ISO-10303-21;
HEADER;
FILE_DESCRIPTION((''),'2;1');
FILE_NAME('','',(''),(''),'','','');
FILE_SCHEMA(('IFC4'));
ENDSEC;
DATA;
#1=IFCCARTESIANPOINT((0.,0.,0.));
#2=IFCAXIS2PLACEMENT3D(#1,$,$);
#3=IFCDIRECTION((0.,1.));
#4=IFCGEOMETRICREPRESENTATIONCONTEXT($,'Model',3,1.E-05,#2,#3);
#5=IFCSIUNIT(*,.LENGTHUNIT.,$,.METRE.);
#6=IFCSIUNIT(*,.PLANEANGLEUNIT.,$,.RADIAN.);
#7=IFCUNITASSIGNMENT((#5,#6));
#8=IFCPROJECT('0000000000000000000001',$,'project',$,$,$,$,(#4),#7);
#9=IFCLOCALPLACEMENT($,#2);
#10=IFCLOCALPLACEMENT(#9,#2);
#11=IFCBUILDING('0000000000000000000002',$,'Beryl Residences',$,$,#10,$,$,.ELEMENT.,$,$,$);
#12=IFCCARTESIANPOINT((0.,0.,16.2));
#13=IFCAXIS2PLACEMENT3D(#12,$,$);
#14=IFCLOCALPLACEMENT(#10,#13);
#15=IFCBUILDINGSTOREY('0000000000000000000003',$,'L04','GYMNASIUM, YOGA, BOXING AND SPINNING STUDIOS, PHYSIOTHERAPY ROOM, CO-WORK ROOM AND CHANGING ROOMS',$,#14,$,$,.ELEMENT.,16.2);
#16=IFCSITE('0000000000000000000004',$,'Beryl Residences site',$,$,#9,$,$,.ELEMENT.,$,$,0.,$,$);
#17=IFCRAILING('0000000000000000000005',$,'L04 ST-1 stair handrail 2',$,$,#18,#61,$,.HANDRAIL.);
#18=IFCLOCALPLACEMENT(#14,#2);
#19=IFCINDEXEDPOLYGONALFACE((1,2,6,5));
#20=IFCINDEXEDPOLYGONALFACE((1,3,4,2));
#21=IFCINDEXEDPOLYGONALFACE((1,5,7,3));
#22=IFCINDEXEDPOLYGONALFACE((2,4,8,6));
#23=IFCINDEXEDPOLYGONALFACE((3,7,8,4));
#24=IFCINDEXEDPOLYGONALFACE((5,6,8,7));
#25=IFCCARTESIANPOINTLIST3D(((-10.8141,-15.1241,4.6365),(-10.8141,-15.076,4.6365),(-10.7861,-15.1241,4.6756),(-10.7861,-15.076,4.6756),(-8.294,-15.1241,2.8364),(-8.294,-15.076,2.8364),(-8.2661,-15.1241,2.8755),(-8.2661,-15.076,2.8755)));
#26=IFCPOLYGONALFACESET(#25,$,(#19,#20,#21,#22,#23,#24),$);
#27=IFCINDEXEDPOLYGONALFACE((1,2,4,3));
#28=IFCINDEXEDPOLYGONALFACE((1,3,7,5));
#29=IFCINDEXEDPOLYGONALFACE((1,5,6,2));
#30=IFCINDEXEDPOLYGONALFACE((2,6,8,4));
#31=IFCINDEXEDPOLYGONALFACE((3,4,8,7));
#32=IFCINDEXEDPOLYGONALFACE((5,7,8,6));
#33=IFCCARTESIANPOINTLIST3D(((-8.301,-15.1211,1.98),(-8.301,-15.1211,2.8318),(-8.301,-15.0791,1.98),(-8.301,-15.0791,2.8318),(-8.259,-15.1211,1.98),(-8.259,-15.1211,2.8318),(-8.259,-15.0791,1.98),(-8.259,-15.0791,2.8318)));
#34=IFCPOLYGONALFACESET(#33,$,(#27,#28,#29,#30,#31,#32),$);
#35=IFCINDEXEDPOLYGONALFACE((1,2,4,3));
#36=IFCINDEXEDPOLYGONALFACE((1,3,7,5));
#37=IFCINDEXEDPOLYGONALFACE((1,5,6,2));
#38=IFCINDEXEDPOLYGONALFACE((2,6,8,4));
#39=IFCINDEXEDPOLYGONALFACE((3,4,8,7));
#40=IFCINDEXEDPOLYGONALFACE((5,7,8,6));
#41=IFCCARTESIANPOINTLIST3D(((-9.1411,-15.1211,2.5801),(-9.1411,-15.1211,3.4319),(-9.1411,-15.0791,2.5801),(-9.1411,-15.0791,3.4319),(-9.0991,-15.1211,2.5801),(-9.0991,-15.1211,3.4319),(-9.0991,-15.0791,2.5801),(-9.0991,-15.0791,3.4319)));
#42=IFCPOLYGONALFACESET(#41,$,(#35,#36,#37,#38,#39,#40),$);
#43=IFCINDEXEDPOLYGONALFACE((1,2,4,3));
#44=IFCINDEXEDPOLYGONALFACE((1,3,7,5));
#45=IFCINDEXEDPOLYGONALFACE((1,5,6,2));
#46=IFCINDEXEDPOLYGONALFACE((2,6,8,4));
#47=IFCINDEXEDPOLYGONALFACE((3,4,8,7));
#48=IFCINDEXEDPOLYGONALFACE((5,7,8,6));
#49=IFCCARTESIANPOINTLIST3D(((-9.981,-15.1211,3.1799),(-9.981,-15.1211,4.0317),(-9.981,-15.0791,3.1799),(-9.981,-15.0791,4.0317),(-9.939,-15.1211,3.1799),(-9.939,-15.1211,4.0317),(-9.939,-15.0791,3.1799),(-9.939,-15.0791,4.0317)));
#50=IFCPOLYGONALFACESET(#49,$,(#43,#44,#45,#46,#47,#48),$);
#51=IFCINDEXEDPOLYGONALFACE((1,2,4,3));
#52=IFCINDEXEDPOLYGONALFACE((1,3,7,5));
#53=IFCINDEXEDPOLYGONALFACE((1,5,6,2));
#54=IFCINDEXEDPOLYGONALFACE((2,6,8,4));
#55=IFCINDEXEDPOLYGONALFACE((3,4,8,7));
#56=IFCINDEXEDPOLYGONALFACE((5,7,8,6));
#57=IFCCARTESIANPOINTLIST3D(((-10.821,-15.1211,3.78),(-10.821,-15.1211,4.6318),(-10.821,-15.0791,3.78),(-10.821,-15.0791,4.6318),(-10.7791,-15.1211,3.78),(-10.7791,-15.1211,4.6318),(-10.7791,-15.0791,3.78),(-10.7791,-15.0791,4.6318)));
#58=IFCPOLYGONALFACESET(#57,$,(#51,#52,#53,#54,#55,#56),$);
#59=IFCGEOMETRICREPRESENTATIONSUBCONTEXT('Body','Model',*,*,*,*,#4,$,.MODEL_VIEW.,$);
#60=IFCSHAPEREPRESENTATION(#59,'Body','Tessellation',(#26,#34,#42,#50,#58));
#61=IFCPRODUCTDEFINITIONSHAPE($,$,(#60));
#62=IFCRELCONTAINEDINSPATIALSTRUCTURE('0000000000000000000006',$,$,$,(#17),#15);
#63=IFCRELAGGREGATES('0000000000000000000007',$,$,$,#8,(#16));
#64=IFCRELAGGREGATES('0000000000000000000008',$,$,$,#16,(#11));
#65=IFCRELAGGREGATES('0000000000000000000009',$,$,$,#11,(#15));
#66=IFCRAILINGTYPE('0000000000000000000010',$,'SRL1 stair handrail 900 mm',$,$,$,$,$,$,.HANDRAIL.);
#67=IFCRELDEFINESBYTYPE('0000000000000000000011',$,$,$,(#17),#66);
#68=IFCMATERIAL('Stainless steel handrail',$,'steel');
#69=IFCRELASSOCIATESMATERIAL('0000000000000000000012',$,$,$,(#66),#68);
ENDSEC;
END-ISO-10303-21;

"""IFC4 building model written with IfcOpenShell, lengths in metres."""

from ifc_helpers import new_model, si_unit, direction, frame, origin, origin_2d, place, context, subcontext, project, spatial, rectangle, extrude, material, type_object, element, save


model = new_model("IFC4")

# Units and contexts
model_context = context("Model", 3, precision=1e-05, world=origin(), true_north=direction((0.0, 1.0)))
body_context = subcontext(model_context, "Body", "Model", "MODEL_VIEW")
ifc_project = project(units=[si_unit("LENGTHUNIT", "METRE"), si_unit("PLANEANGLEUNIT", "RADIAN")], contexts=[model_context])

# Site, building, storey
site_placement = place(None, origin())
site = spatial("IfcSite", under=ifc_project, at=site_placement, Name="Beryl Residences site", CompositionType="ELEMENT", RefElevation=0.0)
building_placement = place(site_placement, origin())
building = spatial("IfcBuilding", under=site, at=building_placement, Name="Beryl Residences", CompositionType="ELEMENT")
storey_placement = place(building_placement, frame((0.0, 0.0, 16.2)))
storey = spatial("IfcBuildingStorey", under=building, at=storey_placement, Name="L04", Description="GYMNASIUM, YOGA, BOXING AND SPINNING STUDIOS, PHYSIOTHERAPY ROOM, CO-WORK ROOM AND CHANGING ROOMS", CompositionType="ELEMENT", Elevation=16.2)

# Railing
ifc_material_1 = material(Name="Stainless steel handrail", Category="steel")
railing_type_1 = type_object("IfcRailingType", Name="SRL1 stair handrail 900 mm", PredefinedType="HANDRAIL", material=ifc_material_1)
railing_1_placement = place(storey_placement, frame((-8.28, -15.1001, 1.98)))
element("IfcRailing", 1, at=railing_1_placement, inside=storey, type_object=railing_type_1, Name="L04 ST-1 stair handrail 2", PredefinedType="HANDRAIL", context=body_context, shape_type="SweptSolid", body=[
    extrude(rectangle(XDim=0.0481, YDim=0.0481, at=origin_2d()), frame((0.0, 0.0, 0.876), z_axis=(-0.813728, 0.0, 0.581246), x_axis=(0.0, -1.0, 0.0)), (0.0, 0.0, 1.0), 3.0969),
    extrude(rectangle(XDim=0.042, YDim=0.042, at=origin_2d()), origin(), (0.0, 0.0, 1.0), 0.8518),
    extrude(rectangle(XDim=0.042, YDim=0.042, at=origin_2d()), frame((-0.8401, 0.0, 0.6001)), (0.0, 0.0, 1.0), 0.8518),
    extrude(rectangle(XDim=0.042, YDim=0.042, at=origin_2d()), frame((-1.6799, 0.0, 1.2)), (0.0, 0.0, 1.0), 0.8518),
    extrude(rectangle(XDim=0.042, YDim=0.042, at=origin_2d()), frame((-2.52, 0.0, 1.8)), (0.0, 0.0, 1.0), 0.8518),
])

save(model, "model.ifc")
